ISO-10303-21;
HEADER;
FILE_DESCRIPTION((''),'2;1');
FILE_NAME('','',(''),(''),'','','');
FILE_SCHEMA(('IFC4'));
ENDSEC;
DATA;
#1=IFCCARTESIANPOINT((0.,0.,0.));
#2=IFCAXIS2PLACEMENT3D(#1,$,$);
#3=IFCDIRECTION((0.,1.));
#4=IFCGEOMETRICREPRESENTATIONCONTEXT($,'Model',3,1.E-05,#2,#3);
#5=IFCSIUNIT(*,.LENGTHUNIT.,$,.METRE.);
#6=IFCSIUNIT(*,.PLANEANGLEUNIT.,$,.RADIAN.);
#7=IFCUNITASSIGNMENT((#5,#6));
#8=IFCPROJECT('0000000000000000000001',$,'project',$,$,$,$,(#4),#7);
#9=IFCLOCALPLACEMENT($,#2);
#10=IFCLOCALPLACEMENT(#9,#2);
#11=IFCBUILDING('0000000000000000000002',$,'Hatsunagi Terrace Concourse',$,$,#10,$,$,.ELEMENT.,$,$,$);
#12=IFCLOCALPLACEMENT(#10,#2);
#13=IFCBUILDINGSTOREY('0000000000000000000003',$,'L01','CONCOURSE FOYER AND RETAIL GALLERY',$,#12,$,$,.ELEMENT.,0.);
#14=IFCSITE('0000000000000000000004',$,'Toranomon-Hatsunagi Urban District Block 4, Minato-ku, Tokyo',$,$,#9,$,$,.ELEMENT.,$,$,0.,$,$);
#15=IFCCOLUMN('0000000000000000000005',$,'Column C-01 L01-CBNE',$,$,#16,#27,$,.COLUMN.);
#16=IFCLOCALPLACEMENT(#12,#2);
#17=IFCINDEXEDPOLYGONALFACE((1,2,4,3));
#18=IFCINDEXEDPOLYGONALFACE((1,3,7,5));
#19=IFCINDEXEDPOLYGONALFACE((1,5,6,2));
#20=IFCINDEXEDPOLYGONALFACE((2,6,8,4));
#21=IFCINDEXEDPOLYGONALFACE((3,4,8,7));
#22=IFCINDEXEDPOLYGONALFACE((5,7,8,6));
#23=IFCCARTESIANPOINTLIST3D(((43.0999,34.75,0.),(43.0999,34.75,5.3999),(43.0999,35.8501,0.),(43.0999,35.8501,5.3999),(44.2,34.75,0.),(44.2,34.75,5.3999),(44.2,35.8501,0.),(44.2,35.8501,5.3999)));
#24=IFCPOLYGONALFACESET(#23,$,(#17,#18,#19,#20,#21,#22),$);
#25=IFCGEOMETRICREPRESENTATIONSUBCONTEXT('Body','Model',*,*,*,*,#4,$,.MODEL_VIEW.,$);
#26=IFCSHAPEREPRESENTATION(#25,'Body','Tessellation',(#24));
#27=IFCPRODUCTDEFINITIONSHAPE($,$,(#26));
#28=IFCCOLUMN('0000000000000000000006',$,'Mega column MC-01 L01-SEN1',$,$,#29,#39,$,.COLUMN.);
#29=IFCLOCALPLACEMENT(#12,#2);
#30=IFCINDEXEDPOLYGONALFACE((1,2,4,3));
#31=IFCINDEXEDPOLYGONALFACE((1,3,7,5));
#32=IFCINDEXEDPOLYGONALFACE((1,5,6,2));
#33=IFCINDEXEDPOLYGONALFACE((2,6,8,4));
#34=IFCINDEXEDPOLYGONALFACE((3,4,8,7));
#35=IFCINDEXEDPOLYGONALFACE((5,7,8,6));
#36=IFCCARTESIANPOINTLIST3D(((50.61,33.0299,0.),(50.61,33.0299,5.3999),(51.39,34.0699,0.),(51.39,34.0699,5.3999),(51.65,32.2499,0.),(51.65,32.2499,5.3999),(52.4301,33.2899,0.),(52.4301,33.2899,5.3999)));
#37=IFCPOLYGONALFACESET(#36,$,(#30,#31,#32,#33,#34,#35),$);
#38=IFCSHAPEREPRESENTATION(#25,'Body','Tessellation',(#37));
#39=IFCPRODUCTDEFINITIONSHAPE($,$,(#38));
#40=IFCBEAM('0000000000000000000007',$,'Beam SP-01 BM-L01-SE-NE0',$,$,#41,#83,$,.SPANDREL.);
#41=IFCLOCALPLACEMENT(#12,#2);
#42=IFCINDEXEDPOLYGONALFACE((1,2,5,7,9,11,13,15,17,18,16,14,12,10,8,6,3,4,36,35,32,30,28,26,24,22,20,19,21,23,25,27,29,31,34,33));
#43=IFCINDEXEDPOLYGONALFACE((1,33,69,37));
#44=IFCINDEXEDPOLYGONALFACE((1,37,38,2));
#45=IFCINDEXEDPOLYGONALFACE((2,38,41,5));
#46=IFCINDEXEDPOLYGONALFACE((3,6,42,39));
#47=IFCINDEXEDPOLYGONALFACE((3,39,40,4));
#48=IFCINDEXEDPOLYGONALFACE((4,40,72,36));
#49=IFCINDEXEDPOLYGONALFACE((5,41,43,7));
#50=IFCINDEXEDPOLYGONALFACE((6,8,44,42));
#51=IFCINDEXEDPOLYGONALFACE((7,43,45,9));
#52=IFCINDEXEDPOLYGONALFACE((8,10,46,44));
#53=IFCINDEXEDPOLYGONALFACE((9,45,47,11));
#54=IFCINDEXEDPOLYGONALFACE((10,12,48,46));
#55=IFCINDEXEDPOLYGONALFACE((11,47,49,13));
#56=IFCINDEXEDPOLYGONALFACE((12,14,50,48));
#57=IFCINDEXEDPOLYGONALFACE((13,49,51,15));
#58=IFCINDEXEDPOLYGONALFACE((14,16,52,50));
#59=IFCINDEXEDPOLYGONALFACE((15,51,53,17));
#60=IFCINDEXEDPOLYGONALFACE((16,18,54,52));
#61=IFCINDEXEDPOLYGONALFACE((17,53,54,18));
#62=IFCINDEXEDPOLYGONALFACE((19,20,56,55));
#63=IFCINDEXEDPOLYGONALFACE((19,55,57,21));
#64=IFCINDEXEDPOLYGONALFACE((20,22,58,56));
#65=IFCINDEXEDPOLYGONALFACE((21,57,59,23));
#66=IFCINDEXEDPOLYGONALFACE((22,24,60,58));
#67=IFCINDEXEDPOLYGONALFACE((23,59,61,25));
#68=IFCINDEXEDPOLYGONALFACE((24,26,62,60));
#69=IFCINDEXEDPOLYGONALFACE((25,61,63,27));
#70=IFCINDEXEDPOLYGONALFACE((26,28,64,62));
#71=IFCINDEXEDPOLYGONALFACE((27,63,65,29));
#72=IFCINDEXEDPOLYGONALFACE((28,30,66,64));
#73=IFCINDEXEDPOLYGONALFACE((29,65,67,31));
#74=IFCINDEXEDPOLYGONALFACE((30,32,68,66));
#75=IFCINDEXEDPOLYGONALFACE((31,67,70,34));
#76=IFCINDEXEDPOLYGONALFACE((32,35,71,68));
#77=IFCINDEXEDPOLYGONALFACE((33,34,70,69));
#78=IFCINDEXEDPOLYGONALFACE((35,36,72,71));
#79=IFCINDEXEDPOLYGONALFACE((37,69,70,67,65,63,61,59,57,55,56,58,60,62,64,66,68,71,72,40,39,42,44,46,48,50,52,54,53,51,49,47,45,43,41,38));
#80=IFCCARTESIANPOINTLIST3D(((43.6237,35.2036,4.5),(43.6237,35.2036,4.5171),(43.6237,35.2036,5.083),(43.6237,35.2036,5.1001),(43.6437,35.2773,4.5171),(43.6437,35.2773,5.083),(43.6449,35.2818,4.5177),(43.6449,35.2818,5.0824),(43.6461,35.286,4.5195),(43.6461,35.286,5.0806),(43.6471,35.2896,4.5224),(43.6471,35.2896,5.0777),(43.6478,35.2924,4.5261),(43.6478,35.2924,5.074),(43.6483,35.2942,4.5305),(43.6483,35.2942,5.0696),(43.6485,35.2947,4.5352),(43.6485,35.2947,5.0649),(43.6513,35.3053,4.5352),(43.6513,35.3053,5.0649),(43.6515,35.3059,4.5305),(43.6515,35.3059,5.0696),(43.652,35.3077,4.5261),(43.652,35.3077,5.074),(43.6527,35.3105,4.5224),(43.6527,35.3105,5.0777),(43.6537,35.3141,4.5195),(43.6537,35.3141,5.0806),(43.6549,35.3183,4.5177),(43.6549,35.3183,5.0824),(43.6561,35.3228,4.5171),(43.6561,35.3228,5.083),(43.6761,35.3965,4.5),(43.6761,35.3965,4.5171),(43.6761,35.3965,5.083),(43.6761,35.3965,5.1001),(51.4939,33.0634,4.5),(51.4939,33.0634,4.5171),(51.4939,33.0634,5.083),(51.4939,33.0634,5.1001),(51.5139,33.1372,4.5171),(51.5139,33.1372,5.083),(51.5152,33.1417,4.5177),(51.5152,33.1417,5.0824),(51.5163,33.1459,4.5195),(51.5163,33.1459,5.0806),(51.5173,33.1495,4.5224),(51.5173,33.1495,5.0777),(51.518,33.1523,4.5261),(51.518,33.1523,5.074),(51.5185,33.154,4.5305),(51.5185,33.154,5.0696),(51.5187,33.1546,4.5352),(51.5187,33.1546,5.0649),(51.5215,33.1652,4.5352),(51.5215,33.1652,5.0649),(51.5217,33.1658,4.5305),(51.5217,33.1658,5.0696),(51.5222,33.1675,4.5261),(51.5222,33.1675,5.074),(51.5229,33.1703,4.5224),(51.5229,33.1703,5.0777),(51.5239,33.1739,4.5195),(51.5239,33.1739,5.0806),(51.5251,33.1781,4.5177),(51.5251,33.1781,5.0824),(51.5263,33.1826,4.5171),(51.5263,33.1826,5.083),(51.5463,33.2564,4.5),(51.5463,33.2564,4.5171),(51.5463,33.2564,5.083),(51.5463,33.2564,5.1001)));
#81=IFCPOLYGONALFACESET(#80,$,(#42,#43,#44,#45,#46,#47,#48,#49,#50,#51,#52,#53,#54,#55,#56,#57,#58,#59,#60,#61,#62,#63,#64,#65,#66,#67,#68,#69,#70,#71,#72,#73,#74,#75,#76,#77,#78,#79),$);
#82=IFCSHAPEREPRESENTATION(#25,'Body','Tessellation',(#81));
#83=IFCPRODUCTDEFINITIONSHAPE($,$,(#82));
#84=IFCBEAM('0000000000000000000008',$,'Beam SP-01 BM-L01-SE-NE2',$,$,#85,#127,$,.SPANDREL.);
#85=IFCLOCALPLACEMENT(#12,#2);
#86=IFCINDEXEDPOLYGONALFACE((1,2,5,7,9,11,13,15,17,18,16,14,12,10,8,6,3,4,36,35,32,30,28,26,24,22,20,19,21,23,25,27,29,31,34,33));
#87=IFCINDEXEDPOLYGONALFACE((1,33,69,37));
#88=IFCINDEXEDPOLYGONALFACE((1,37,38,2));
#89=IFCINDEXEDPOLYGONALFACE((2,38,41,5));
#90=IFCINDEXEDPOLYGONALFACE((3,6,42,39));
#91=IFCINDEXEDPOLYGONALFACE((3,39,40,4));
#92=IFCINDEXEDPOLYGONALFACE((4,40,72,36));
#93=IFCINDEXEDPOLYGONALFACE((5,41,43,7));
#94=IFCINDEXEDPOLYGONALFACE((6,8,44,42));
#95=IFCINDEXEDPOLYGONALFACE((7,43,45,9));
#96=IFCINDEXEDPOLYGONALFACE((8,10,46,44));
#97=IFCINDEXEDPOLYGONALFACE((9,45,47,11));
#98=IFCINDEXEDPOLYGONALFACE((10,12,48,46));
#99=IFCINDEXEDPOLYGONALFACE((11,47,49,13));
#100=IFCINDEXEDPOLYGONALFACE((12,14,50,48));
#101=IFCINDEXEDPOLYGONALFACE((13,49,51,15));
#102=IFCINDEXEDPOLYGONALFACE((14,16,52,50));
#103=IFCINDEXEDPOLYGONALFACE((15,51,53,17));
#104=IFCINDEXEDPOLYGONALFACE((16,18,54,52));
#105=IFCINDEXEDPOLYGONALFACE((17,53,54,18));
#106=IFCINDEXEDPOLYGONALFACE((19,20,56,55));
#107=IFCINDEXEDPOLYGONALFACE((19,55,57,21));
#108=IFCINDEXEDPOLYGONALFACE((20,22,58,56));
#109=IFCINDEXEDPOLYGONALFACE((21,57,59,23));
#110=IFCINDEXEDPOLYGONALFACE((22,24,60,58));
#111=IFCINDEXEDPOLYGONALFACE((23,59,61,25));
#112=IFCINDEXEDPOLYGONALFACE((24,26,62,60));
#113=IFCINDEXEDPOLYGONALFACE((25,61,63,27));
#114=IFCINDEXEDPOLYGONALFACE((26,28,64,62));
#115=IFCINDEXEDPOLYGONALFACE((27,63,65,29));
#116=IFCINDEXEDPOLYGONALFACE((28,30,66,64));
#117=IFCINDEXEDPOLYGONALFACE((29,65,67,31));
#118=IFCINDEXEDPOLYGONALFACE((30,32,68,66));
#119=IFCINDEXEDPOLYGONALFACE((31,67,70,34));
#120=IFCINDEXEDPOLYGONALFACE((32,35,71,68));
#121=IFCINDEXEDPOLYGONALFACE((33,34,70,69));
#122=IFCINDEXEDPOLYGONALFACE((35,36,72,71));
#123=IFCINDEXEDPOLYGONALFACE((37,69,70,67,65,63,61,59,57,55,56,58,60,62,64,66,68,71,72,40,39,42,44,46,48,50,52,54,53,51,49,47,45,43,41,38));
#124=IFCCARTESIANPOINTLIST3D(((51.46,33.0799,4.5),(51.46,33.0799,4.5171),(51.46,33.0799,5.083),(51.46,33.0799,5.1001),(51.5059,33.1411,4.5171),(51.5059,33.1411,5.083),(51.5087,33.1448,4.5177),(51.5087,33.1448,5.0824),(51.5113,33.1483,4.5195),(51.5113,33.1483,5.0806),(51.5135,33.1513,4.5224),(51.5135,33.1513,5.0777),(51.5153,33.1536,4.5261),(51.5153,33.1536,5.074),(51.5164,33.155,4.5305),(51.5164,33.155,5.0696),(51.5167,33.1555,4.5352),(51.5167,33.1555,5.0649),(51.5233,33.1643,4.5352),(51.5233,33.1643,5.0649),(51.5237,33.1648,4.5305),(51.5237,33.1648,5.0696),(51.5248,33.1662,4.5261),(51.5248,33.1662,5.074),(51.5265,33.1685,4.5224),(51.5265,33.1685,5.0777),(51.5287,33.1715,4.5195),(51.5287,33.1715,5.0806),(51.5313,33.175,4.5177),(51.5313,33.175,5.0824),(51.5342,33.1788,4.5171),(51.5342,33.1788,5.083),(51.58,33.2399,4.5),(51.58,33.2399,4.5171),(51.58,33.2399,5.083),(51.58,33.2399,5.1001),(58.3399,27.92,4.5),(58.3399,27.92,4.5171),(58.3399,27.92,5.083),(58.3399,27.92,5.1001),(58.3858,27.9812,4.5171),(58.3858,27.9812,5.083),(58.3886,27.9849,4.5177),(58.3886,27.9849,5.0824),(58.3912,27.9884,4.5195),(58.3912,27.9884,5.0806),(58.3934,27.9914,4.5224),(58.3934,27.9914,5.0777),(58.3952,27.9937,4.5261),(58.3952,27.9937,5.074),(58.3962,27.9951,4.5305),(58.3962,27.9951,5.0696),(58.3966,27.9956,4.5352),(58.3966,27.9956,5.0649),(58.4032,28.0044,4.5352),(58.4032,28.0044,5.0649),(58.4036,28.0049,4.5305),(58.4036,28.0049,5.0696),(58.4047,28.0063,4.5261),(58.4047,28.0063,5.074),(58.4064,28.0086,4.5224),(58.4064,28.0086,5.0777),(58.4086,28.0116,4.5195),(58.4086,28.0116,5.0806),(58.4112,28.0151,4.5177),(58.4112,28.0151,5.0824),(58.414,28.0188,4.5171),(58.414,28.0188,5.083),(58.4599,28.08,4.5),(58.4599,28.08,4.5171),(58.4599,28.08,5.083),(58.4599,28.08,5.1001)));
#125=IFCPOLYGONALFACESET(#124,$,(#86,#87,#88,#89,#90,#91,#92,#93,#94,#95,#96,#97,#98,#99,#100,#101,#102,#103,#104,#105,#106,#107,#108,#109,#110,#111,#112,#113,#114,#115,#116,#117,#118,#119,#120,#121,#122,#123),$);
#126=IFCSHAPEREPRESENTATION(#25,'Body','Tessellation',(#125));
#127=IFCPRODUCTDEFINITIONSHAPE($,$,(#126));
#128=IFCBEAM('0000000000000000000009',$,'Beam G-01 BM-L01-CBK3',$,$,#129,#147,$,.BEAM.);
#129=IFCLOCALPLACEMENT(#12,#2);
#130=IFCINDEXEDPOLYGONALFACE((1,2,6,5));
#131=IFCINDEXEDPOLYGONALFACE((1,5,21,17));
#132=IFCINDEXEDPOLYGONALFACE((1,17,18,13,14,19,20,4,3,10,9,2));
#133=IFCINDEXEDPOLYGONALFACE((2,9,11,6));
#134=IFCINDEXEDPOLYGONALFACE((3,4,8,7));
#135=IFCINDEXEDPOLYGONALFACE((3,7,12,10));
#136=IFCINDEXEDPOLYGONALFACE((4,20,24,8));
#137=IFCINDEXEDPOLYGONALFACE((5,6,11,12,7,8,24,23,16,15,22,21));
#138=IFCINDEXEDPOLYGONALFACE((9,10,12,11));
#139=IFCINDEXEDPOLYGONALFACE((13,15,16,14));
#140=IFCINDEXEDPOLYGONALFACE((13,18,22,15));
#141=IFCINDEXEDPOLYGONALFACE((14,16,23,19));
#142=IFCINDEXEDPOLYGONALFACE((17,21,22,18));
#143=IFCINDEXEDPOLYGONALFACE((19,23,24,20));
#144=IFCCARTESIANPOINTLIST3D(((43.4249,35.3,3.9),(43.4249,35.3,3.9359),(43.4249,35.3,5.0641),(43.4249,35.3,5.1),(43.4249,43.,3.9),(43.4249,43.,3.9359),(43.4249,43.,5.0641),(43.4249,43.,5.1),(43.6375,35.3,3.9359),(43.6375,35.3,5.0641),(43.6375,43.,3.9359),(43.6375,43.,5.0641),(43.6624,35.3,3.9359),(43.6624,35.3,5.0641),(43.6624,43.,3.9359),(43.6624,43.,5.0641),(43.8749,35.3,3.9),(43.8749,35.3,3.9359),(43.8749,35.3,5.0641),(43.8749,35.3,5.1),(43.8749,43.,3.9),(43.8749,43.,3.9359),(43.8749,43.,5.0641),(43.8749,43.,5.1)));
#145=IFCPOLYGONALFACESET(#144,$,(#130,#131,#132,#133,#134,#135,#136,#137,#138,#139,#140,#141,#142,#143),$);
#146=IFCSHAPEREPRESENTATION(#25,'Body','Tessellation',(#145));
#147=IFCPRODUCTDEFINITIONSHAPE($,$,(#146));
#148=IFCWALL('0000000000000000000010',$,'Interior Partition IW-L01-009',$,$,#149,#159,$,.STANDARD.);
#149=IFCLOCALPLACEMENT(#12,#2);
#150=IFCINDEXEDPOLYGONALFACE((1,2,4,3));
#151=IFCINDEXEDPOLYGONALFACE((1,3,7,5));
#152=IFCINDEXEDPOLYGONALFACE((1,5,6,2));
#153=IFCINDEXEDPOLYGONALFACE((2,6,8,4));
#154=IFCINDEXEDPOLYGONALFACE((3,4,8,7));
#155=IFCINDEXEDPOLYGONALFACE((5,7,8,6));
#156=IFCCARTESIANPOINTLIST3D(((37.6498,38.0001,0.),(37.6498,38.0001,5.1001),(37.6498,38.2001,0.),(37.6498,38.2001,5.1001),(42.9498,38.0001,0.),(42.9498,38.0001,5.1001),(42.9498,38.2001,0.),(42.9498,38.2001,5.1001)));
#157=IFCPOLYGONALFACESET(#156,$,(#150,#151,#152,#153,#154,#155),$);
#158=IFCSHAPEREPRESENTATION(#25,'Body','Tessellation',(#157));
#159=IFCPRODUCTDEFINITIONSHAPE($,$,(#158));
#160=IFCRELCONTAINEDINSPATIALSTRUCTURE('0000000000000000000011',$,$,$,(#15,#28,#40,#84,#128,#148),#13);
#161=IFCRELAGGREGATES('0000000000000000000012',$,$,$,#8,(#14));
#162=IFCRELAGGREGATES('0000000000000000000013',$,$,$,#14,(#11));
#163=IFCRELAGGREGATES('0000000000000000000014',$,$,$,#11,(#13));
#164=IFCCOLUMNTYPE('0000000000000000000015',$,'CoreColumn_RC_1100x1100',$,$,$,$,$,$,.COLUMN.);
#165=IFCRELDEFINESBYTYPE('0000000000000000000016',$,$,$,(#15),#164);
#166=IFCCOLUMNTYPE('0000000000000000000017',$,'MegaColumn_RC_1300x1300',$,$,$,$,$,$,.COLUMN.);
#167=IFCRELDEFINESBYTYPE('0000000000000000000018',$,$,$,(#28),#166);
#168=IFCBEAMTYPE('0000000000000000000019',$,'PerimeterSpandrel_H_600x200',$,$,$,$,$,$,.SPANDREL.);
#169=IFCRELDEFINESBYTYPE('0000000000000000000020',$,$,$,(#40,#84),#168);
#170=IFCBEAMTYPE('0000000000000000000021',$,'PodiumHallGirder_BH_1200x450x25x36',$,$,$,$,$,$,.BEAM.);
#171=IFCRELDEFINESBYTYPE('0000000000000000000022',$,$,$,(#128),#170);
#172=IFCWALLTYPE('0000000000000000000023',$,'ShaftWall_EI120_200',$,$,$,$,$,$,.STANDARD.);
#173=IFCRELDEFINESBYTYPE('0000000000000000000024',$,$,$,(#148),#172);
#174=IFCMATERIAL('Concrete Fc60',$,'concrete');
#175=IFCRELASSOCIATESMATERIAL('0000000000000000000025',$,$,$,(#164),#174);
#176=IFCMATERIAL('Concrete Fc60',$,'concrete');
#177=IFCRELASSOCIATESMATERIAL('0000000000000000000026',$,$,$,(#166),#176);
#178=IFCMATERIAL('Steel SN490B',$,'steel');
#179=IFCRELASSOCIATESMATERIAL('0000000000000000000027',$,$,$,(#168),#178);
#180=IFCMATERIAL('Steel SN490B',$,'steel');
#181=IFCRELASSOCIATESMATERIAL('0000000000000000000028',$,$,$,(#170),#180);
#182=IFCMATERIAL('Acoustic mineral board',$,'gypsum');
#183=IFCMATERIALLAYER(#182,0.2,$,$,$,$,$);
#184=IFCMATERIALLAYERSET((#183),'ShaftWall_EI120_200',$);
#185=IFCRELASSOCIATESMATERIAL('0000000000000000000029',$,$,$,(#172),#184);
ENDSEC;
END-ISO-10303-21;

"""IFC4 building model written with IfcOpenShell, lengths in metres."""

from ifc_helpers import new_model, si_unit, direction, frame, frame_2d, origin, origin_2d, place, context, subcontext, project, spatial, rectangle, i_section, extrude, material, layer, layer_set, material_profile, profile_set, type_object, element, save


model = new_model("IFC4")

# Units and contexts
model_context = context("Model", 3, precision=1e-05, world=origin(), true_north=direction((0.0, 1.0)))
body_context = subcontext(model_context, "Body", "Model", "MODEL_VIEW")
ifc_project = project(units=[si_unit("LENGTHUNIT", "METRE"), si_unit("PLANEANGLEUNIT", "RADIAN")], contexts=[model_context])

# Site, building, storey
site_placement = place(None, origin())
site = spatial("IfcSite", under=ifc_project, at=site_placement, Name="Toranomon-Hatsunagi Urban District Block 4, Minato-ku, Tokyo", CompositionType="ELEMENT", RefElevation=0.0)
building_placement = place(site_placement, origin())
building = spatial("IfcBuilding", under=site, at=building_placement, Name="Hatsunagi Terrace Concourse", CompositionType="ELEMENT")
storey_placement = place(building_placement, origin())
storey = spatial("IfcBuildingStorey", under=building, at=storey_placement, Name="L01", Description="CONCOURSE FOYER AND RETAIL GALLERY", CompositionType="ELEMENT", Elevation=0.0)

# Columns
ifc_material_1 = material(Name="Concrete Fc60", Category="concrete")
ifc_material_profile_1 = material_profile(ifc_material_1, rectangle(XDim=1.1001, YDim=1.1001, at=origin_2d()), Name="RC-1100x1100")
ifc_profile_set_1 = profile_set([ifc_material_profile_1], Name="Concrete Fc60")
column_type_1 = type_object("IfcColumnType", Name="CoreColumn_RC_1100x1100", PredefinedType="COLUMN", material=ifc_profile_set_1)
column_1_placement = place(storey_placement, frame((43.6499, 35.3, 0.0), z_axis=(0.0, 0.0, 1.0), x_axis=(1.0, 0.0, 0.0)))
element("IfcColumn", 1, at=column_1_placement, inside=storey, type_object=column_type_1, Name="Column C-01 L01-CBNE", PredefinedType="COLUMN", context=body_context, shape_type="SweptSolid", body=[
    extrude(rectangle(XDim=1.1001, YDim=1.1001, at=origin_2d()), origin(), (0.0, 0.0, 1.0), 5.3999),
])
ifc_material_2 = material(Name="Concrete Fc60", Category="concrete")
ifc_material_profile_2 = material_profile(ifc_material_2, rectangle(XDim=1.3, YDim=1.3, at=origin_2d()), Name="RC-1300x1300")
ifc_profile_set_2 = profile_set([ifc_material_profile_2], Name="Concrete Fc60")
column_type_2 = type_object("IfcColumnType", Name="MegaColumn_RC_1300x1300", PredefinedType="COLUMN", material=ifc_profile_set_2)
column_2_placement = place(storey_placement, frame((51.52, 33.1599, 0.0), z_axis=(0.0, 0.0, 1.0), x_axis=(0.8, -0.6, 0.0)))
element("IfcColumn", 2, at=column_2_placement, inside=storey, type_object=column_type_2, Name="Mega column MC-01 L01-SEN1", PredefinedType="COLUMN", context=body_context, shape_type="SweptSolid", body=[
    extrude(rectangle(XDim=1.3, YDim=1.3, at=origin_2d()), origin(), (0.0, 0.0, 1.0), 5.3999),
])

# Beams
ifc_material_3 = material(Name="Steel SN490B", Category="steel")
ifc_material_profile_3 = material_profile(ifc_material_3, i_section(OverallWidth=0.2, OverallDepth=0.6001, WebThickness=0.011, FlangeThickness=0.0171, FilletRadius=0.0181, at=origin_2d()), Name="H-600x200x11x17")
ifc_profile_set_3 = profile_set([ifc_material_profile_3], Name="Steel SN490B")
beam_type_1 = type_object("IfcBeamType", Name="PerimeterSpandrel_H_600x200", PredefinedType="SPANDREL", material=ifc_profile_set_3)
beam_1_placement = place(storey_placement, frame((43.6499, 35.3, 4.8), z_axis=(0.964958, -0.262403, 0.0), x_axis=(0.262403, 0.964958, 0.0)))
element("IfcBeam", 3, at=beam_1_placement, inside=storey, type_object=beam_type_1, Name="Beam SP-01 BM-L01-SE-NE0", PredefinedType="SPANDREL", context=body_context, shape_type="SweptSolid", body=[
    extrude(i_section(OverallWidth=0.2, OverallDepth=0.6001, WebThickness=0.011, FlangeThickness=0.0171, FilletRadius=0.0181, at=origin_2d()), origin(), (0.0, 0.0, 1.0), 8.156),
])
beam_2_placement = place(storey_placement, frame((51.52, 33.1599, 4.8), z_axis=(0.8, -0.6, 0.0), x_axis=(0.6, 0.8, 0.0)))
element("IfcBeam", 4, at=beam_2_placement, inside=storey, type_object=beam_type_1, Name="Beam SP-01 BM-L01-SE-NE2", PredefinedType="SPANDREL", context=body_context, shape_type="SweptSolid", body=[
    extrude(i_section(OverallWidth=0.2, OverallDepth=0.6001, WebThickness=0.011, FlangeThickness=0.0171, FilletRadius=0.0181, at=origin_2d()), origin(), (0.0, 0.0, 1.0), 8.5999),
])
ifc_material_4 = material(Name="Steel SN490B", Category="steel")
ifc_material_profile_4 = material_profile(ifc_material_4, i_section(OverallWidth=0.45, OverallDepth=1.2, WebThickness=0.0249, FlangeThickness=0.0359, at=origin_2d()), Name="BH-1200x450x25x36")
ifc_profile_set_4 = profile_set([ifc_material_profile_4], Name="Steel SN490B")
beam_type_2 = type_object("IfcBeamType", Name="PodiumHallGirder_BH_1200x450x25x36", PredefinedType="BEAM", material=ifc_profile_set_4)
beam_3_placement = place(storey_placement, frame((43.6499, 35.3, 4.5), z_axis=(0.0, 1.0, 0.0), x_axis=(-1.0, 0.0, 0.0)))
element("IfcBeam", 5, at=beam_3_placement, inside=storey, type_object=beam_type_2, Name="Beam G-01 BM-L01-CBK3", PredefinedType="BEAM", context=body_context, shape_type="SweptSolid", body=[
    extrude(i_section(OverallWidth=0.45, OverallDepth=1.2, WebThickness=0.0249, FlangeThickness=0.0359, at=origin_2d()), origin(), (0.0, 0.0, 1.0), 7.7),
])

# Wall
ifc_material_5 = material(Name="Acoustic mineral board", Category="gypsum")
ifc_layer_1 = layer(ifc_material_5, 0.2)
ifc_layer_set_1 = layer_set([ifc_layer_1], Name="ShaftWall_EI120_200")
wall_type = type_object("IfcWallType", Name="ShaftWall_EI120_200", PredefinedType="STANDARD", material=ifc_layer_set_1)
wall_1_placement = place(storey_placement, frame((37.6499, 38.1001, 0.0), z_axis=(0.0, 0.0, 1.0), x_axis=(1.0, 0.0, 0.0)))
element("IfcWall", 6, at=wall_1_placement, inside=storey, type_object=wall_type, Name="Interior Partition IW-L01-009", PredefinedType="STANDARD", context=body_context, shape_type="SweptSolid", body=[
    extrude(rectangle(XDim=5.3, YDim=0.2, at=frame_2d((2.6499, 0.0))), origin(), (0.0, 0.0, 1.0), 5.1001),
])

save(model, "model.ifc")
